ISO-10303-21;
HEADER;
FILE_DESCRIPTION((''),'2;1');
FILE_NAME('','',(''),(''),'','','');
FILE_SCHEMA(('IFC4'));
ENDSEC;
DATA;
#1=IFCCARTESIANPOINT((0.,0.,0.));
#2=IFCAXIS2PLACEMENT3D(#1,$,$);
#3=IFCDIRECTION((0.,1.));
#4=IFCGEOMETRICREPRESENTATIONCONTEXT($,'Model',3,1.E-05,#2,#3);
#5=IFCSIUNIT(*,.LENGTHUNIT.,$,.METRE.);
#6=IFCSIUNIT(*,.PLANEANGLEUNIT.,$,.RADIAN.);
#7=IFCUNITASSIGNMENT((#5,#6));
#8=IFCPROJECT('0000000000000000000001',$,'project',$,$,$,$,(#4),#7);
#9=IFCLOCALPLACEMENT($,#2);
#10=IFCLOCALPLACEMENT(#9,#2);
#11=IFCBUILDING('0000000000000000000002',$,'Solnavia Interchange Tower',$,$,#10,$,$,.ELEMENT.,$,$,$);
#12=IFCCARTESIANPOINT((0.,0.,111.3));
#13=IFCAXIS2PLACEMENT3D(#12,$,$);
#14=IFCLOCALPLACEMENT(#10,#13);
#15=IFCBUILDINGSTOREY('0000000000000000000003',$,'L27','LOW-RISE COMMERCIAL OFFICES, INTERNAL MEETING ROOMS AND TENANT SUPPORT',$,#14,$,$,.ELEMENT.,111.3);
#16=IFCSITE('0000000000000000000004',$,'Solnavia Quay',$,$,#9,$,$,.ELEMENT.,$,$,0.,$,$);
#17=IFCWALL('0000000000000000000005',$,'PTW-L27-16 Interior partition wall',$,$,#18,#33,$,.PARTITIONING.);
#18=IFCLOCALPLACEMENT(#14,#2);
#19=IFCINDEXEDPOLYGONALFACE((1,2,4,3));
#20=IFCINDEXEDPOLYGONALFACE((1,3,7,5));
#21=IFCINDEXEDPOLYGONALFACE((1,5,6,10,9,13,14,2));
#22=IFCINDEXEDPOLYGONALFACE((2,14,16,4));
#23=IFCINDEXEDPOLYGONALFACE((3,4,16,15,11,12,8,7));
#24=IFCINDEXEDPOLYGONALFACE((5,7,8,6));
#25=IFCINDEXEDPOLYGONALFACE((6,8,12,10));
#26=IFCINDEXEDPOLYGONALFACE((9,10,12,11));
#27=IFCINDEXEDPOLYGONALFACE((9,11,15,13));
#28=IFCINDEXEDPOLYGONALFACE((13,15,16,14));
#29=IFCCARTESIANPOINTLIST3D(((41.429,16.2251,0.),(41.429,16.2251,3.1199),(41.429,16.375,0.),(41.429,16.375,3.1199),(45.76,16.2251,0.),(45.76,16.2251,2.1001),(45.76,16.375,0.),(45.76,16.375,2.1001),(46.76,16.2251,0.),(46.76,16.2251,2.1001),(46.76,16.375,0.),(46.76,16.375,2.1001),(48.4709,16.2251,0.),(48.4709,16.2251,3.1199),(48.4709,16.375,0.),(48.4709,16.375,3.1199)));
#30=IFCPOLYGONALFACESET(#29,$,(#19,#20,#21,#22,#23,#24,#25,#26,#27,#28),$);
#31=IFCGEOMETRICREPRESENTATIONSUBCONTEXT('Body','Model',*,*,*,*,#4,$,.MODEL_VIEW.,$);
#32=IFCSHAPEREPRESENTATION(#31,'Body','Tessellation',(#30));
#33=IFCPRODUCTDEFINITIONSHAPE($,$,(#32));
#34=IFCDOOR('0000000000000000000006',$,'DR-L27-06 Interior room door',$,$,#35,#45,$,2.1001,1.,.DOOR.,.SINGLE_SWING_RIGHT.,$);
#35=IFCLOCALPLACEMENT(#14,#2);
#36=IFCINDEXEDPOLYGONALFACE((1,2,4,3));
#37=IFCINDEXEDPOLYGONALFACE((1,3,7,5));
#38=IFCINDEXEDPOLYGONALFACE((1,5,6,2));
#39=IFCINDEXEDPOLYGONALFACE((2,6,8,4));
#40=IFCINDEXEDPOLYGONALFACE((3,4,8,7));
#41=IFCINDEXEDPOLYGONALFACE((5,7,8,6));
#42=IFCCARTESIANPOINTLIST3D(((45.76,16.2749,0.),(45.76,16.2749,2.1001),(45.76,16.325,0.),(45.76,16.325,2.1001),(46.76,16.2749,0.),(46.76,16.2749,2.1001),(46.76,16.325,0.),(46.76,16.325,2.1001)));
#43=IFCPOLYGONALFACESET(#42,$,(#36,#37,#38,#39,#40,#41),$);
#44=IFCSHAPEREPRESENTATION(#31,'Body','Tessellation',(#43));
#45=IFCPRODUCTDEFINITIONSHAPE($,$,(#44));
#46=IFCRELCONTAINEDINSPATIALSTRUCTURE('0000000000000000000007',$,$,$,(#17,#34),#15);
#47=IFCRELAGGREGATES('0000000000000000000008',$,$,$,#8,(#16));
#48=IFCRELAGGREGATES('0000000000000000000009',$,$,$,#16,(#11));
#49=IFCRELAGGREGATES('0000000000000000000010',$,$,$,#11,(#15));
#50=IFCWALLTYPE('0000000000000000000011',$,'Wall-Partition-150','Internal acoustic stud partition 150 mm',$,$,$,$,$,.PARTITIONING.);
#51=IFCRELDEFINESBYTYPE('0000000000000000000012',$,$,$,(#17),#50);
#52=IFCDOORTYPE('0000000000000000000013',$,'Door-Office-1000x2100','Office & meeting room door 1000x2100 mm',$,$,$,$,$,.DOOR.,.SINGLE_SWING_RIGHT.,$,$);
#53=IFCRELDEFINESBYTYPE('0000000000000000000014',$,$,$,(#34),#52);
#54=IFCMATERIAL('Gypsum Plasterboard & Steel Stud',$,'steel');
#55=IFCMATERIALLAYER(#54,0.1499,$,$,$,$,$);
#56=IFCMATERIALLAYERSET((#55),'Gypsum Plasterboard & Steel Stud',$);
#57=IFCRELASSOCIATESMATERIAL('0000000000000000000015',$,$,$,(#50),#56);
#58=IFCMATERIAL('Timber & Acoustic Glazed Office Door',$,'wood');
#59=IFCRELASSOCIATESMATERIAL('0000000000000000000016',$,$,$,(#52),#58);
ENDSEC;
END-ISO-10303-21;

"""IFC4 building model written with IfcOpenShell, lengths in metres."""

from ifc_helpers import new_model, si_unit, direction, frame, frame_2d, origin, place, context, subcontext, project, spatial, rectangle, extrude, material, layer, layer_set, type_object, element, fill, save


model = new_model("IFC4")

# Units and contexts
model_context = context("Model", 3, precision=1e-05, world=origin(), true_north=direction((0.0, 1.0)))
body_context = subcontext(model_context, "Body", "Model", "MODEL_VIEW")
ifc_project = project(units=[si_unit("LENGTHUNIT", "METRE"), si_unit("PLANEANGLEUNIT", "RADIAN")], contexts=[model_context])

# Site, building, storey
site_placement = place(None, origin())
site = spatial("IfcSite", under=ifc_project, at=site_placement, Name="Solnavia Quay", CompositionType="ELEMENT", RefElevation=0.0)
building_placement = place(site_placement, origin())
building = spatial("IfcBuilding", under=site, at=building_placement, Name="Solnavia Interchange Tower", CompositionType="ELEMENT")
storey_placement = place(building_placement, frame((0.0, 0.0, 111.3)))
storey = spatial("IfcBuildingStorey", under=building, at=storey_placement, Name="L27", Description="LOW-RISE COMMERCIAL OFFICES, INTERNAL MEETING ROOMS AND TENANT SUPPORT", CompositionType="ELEMENT", Elevation=111.3)

# Shared definitions
ifc_material_1 = material(Name="Gypsum Plasterboard & Steel Stud", Category="steel")
ifc_layer_1 = layer(ifc_material_1, 0.1499)
ifc_layer_set_1 = layer_set([ifc_layer_1], Name="Gypsum Plasterboard & Steel Stud")
wall_type_1 = type_object("IfcWallType", Name="Wall-Partition-150", Description="Internal acoustic stud partition 150 mm", PredefinedType="PARTITIONING", material=ifc_layer_set_1)

# Wall, opening, door
wall_1_placement = place(storey_placement, frame((41.429, 16.3, 0.0), z_axis=(0.0, 0.0, 1.0), x_axis=(1.0, 0.0, 0.0)))
wall_1 = element("IfcWall", 1, at=wall_1_placement, inside=storey, type_object=wall_type_1, Name="PTW-L27-16 Interior partition wall", PredefinedType="PARTITIONING", context=body_context, shape_type="SweptSolid", body=[
    extrude(rectangle(XDim=7.042, YDim=0.1499, at=frame_2d((3.521, 0.0))), origin(), (0.0, 0.0, 1.0), 3.1199),
])
opening_1_placement = place(wall_1_placement, frame((4.3311, 0.0, 0.0)))
opening_1 = element("IfcOpeningElement", 2, at=opening_1_placement, cuts=wall_1, PredefinedType="OPENING", context=body_context, shape_type="SweptSolid", body=[
    extrude(rectangle(XDim=1.0, YDim=2.1001, at=frame_2d((0.5, 1.05))), frame((0.0, 0.085, 0.0), z_axis=(0.0, -1.0, 0.0), x_axis=(1.0, 0.0, 0.0)), (0.0, 0.0, 1.0), 0.1699),
])
ifc_material_2 = material(Name="Timber & Acoustic Glazed Office Door", Category="wood")
door_type = type_object("IfcDoorType", Name="Door-Office-1000x2100", Description="Office & meeting room door 1000x2100 mm", OperationType="SINGLE_SWING_RIGHT", PredefinedType="DOOR", material=ifc_material_2)
door_placement = place(opening_1_placement, origin())
door = element("IfcDoor", 3, at=door_placement, inside=storey, type_object=door_type, Name="DR-L27-06 Interior room door", OperationType="SINGLE_SWING_RIGHT", OverallHeight=2.1001, OverallWidth=1.0, PredefinedType="DOOR", context=body_context, shape_type="SweptSolid", body=[
    extrude(rectangle(XDim=1.0, YDim=2.1001, at=frame_2d((0.5, 1.05))), frame((0.0, 0.0249, 0.0), z_axis=(0.0, -1.0, 0.0), x_axis=(1.0, 0.0, 0.0)), (0.0, 0.0, 1.0), 0.05),
])
fill(opening_1, door)

save(model, "model.ifc")
